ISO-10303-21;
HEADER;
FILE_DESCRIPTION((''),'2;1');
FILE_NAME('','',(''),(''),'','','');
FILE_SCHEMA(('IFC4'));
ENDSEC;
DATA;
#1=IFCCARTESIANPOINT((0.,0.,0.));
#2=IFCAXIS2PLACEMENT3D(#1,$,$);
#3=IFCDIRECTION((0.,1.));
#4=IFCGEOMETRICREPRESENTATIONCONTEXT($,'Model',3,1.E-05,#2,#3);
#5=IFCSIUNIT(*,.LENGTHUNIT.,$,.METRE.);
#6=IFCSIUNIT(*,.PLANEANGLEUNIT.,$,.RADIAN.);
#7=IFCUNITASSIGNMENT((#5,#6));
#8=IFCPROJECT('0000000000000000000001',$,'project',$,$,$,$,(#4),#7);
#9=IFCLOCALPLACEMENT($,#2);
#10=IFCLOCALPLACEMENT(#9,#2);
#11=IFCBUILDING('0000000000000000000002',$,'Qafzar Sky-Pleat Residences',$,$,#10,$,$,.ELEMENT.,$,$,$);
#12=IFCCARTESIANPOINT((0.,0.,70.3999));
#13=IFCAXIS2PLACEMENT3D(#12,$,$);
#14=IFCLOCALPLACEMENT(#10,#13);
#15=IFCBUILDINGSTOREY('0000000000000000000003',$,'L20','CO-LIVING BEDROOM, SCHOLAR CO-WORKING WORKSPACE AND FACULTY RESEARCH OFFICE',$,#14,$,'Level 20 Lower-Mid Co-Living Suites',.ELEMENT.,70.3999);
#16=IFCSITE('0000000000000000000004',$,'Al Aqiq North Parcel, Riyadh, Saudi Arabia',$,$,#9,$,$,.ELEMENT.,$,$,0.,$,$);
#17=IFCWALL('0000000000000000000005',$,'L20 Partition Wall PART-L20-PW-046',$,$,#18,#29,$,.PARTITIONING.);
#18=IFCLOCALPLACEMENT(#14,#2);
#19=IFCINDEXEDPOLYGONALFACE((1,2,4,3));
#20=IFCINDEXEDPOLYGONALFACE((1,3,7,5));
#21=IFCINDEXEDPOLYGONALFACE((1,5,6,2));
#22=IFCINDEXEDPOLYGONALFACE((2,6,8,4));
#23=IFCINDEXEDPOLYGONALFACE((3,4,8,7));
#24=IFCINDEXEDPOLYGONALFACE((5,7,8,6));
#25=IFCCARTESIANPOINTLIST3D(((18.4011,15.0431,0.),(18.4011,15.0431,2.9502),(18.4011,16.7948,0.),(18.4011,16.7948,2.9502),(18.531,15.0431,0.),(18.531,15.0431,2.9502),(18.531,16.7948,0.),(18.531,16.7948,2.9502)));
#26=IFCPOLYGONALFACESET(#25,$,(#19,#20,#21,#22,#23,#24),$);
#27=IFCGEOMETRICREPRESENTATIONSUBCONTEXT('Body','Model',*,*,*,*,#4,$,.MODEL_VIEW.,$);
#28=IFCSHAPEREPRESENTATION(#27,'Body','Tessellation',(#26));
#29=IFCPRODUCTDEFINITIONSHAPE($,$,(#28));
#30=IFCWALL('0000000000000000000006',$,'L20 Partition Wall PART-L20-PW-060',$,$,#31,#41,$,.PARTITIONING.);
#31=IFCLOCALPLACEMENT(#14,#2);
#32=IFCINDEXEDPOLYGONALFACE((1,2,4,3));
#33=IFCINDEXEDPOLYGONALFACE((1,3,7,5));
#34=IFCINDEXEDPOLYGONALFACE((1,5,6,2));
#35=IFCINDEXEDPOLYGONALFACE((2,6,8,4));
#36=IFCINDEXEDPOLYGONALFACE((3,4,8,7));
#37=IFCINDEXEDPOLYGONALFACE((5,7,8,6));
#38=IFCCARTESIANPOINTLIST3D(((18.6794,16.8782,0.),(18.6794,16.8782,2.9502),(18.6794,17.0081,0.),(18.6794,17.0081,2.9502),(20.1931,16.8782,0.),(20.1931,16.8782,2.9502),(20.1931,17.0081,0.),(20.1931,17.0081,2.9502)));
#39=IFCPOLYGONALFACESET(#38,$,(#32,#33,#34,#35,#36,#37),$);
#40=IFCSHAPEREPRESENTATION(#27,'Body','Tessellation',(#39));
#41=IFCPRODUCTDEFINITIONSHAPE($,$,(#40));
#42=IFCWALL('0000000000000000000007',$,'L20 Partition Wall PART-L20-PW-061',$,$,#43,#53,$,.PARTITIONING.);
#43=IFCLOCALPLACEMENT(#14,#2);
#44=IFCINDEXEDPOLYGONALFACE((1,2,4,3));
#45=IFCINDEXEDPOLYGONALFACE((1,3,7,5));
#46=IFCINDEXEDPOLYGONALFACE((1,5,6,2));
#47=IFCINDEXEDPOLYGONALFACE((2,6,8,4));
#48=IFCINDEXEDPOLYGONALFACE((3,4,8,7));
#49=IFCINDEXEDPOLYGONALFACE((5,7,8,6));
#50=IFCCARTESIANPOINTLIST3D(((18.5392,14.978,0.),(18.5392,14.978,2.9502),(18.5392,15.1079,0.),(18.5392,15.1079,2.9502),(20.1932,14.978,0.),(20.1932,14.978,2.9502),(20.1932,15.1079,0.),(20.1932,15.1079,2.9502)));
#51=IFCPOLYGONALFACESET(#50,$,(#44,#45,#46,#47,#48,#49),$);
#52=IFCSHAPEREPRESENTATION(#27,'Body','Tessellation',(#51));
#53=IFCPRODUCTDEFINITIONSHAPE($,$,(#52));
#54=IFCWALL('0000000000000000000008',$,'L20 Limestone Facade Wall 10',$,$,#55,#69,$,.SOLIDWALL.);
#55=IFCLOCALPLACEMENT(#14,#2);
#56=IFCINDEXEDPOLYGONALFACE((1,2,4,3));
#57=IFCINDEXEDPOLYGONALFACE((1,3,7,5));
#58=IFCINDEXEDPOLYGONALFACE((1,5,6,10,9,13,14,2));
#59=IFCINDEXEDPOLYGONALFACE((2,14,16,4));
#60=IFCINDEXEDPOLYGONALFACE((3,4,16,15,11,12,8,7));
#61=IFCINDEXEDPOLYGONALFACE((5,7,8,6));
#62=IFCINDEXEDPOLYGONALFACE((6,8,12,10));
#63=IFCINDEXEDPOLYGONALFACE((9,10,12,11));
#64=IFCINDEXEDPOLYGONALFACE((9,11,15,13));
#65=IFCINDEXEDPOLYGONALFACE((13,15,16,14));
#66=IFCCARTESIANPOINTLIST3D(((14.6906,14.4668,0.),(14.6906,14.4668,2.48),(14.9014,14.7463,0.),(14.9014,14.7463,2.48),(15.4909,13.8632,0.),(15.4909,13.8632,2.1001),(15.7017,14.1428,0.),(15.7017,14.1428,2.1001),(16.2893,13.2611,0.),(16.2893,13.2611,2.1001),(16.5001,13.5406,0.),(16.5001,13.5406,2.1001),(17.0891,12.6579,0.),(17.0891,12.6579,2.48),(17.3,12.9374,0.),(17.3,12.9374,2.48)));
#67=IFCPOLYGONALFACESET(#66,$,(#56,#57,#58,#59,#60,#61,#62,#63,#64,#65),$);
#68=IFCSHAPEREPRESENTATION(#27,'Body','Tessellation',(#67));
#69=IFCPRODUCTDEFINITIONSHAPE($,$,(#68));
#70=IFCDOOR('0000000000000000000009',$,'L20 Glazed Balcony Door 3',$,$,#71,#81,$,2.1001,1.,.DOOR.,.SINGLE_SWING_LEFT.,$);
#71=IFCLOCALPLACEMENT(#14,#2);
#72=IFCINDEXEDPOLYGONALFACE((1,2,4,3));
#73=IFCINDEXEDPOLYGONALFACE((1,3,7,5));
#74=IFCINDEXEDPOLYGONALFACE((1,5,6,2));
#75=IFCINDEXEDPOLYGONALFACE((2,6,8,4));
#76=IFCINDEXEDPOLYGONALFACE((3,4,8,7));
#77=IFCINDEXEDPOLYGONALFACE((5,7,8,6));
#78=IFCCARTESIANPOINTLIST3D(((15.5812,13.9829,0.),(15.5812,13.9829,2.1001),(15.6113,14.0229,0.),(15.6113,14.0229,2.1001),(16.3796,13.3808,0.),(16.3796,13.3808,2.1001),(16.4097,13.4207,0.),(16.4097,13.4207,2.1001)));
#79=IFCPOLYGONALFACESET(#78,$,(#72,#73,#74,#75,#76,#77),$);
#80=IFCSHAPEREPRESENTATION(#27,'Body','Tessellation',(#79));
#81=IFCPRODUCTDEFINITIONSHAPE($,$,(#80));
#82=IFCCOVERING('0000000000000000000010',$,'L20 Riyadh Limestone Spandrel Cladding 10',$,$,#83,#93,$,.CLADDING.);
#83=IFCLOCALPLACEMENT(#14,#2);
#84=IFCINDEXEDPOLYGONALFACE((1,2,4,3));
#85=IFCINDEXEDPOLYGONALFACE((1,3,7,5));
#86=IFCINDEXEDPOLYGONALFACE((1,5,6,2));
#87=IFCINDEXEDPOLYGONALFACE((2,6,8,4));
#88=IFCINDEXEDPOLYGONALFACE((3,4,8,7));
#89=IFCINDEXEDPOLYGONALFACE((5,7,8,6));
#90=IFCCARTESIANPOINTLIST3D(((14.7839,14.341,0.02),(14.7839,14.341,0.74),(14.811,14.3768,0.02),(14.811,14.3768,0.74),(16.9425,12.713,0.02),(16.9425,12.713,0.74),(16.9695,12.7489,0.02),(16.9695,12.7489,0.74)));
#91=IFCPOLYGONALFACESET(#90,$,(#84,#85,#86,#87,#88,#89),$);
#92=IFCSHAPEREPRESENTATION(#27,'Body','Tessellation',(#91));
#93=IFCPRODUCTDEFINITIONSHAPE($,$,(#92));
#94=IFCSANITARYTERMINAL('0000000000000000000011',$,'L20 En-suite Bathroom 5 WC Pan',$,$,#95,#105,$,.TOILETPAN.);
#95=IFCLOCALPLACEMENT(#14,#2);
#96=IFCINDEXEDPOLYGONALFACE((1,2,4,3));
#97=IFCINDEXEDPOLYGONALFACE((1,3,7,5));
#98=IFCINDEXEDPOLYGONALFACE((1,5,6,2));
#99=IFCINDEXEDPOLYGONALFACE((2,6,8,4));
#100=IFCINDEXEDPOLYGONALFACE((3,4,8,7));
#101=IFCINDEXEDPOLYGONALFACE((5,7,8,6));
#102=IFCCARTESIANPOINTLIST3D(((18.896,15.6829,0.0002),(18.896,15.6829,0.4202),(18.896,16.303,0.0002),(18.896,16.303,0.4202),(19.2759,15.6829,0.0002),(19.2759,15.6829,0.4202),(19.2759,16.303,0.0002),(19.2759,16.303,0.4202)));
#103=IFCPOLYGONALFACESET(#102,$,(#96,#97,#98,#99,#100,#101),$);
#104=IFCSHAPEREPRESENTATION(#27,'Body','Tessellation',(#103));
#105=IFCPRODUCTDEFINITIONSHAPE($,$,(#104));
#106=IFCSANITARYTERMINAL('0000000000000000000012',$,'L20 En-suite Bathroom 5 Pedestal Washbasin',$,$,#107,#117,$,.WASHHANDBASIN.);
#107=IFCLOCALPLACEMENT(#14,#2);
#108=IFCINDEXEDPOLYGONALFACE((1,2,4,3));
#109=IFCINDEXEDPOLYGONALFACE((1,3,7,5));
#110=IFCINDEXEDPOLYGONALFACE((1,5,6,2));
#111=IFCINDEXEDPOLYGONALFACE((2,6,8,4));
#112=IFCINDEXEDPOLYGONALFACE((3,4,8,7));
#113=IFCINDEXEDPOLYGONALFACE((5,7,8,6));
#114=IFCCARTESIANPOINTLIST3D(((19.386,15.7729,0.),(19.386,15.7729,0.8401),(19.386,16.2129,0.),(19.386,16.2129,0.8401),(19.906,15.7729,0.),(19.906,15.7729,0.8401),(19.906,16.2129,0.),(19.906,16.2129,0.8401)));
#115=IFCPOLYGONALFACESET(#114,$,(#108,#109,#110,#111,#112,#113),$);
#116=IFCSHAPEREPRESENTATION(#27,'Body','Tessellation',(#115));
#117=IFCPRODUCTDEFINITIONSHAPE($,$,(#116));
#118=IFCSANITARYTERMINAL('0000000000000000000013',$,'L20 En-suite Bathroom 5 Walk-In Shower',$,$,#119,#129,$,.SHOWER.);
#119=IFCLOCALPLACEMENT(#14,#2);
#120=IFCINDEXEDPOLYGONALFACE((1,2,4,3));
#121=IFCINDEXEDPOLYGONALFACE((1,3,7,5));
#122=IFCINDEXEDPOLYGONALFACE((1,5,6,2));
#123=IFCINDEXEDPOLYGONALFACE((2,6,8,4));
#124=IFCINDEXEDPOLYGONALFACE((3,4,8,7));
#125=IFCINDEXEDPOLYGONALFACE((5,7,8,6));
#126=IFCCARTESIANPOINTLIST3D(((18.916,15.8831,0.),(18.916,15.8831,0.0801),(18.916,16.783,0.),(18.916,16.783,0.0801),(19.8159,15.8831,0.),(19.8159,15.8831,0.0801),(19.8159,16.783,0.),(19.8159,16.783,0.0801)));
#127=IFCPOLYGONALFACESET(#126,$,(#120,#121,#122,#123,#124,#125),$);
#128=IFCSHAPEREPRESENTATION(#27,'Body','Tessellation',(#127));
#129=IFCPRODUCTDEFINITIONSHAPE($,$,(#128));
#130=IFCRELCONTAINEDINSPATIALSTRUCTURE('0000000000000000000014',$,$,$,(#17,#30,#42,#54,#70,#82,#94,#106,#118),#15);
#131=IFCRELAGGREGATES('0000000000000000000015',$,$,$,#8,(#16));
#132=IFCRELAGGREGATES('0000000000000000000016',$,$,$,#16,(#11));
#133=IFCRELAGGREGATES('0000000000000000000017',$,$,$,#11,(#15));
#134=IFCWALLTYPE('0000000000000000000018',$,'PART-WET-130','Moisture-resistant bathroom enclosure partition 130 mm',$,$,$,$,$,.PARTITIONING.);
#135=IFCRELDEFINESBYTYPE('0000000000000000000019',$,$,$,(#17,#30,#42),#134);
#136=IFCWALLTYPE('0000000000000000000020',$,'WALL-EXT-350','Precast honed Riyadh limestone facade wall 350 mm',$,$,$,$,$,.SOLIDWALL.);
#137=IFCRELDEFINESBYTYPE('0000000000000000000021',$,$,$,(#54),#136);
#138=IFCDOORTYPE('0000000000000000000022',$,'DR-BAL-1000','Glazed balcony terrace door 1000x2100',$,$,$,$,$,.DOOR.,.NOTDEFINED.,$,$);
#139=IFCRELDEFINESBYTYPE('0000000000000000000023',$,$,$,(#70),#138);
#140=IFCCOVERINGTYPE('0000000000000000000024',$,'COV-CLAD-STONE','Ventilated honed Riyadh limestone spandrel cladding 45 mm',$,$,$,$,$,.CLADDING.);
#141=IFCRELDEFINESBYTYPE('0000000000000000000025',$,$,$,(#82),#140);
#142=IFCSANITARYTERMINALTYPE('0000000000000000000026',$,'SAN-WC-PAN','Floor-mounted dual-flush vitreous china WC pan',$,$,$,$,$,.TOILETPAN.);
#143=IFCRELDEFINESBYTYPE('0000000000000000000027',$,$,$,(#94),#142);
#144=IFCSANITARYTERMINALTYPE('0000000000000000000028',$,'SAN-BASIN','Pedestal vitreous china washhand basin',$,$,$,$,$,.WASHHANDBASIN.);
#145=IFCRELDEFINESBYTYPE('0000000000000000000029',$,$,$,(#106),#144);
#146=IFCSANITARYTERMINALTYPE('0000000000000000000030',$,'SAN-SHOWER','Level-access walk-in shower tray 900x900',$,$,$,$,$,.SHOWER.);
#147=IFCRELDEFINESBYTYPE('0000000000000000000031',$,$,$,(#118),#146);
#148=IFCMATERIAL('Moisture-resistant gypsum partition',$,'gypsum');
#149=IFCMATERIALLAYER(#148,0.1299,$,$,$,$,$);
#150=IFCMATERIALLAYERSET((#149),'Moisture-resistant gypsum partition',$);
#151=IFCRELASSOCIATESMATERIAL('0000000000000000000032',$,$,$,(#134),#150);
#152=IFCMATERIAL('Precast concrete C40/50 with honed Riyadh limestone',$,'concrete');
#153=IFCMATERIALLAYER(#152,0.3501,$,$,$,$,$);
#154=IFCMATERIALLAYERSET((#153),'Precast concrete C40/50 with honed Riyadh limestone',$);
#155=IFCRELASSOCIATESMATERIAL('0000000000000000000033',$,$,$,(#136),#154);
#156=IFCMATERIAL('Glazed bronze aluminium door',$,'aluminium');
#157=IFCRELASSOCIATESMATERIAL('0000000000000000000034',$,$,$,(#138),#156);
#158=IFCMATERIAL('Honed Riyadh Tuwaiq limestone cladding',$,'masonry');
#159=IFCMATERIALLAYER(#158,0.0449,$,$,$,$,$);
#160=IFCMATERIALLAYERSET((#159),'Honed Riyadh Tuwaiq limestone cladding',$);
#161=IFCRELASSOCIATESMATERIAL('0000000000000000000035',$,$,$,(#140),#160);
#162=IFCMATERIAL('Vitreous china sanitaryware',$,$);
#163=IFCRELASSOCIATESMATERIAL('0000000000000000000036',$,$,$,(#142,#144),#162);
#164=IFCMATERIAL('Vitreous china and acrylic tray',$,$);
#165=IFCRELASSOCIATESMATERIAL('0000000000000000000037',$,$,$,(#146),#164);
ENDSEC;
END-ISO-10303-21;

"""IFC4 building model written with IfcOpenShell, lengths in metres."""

from ifc_helpers import new_model, si_unit, direction, frame, frame_2d, origin, origin_2d, place, context, subcontext, project, spatial, rectangle, extrude, source, transform, mapped, material, layer, layer_set, type_object, element, fill, save


model = new_model("IFC4")

# Units and contexts
model_context = context("Model", 3, precision=1e-05, world=origin(), true_north=direction((0.0, 1.0)))
body_context = subcontext(model_context, "Body", "Model", "MODEL_VIEW")
ifc_project = project(units=[si_unit("LENGTHUNIT", "METRE"), si_unit("PLANEANGLEUNIT", "RADIAN")], contexts=[model_context])

# Site, building, storey
site_placement = place(None, origin())
site = spatial("IfcSite", under=ifc_project, at=site_placement, Name="Al Aqiq North Parcel, Riyadh, Saudi Arabia", CompositionType="ELEMENT", RefElevation=0.0)
building_placement = place(site_placement, origin())
building = spatial("IfcBuilding", under=site, at=building_placement, Name="Qafzar Sky-Pleat Residences", CompositionType="ELEMENT")
storey_placement = place(building_placement, frame((0.0, 0.0, 70.3999)))
storey = spatial("IfcBuildingStorey", under=building, at=storey_placement, Name="L20", Description="CO-LIVING BEDROOM, SCHOLAR CO-WORKING WORKSPACE AND FACULTY RESEARCH OFFICE", LongName="Level 20 Lower-Mid Co-Living Suites", CompositionType="ELEMENT", Elevation=70.3999)

# Shared definitions
ifc_material_1 = material(Name="Moisture-resistant gypsum partition", Category="gypsum")
ifc_layer_1 = layer(ifc_material_1, 0.1299)
ifc_layer_set_1 = layer_set([ifc_layer_1], Name="Moisture-resistant gypsum partition")
wall_type_1 = type_object("IfcWallType", Name="PART-WET-130", Description="Moisture-resistant bathroom enclosure partition 130 mm", PredefinedType="PARTITIONING", material=ifc_layer_set_1)

# Walls
wall_1_placement = place(storey_placement, frame((18.4661, 15.043, 0.0), z_axis=(0.0, 0.0, 1.0), x_axis=(0.0, 1.0, 0.0)))
element("IfcWall", 1, at=wall_1_placement, inside=storey, type_object=wall_type_1, Name="L20 Partition Wall PART-L20-PW-046", PredefinedType="PARTITIONING", context=body_context, shape_type="SweptSolid", body=[
    extrude(rectangle(XDim=1.7517, YDim=0.1299, at=frame_2d((0.876, 0.0))), origin(), (0.0, 0.0, 1.0), 2.9502),
])
wall_2_placement = place(storey_placement, frame((18.6794, 16.9431, 0.0), z_axis=(0.0, 0.0, 1.0), x_axis=(1.0, 0.0, 0.0)))
element("IfcWall", 2, at=wall_2_placement, inside=storey, type_object=wall_type_1, Name="L20 Partition Wall PART-L20-PW-060", PredefinedType="PARTITIONING", context=body_context, shape_type="SweptSolid", body=[
    extrude(rectangle(XDim=1.5137, YDim=0.1299, at=frame_2d((0.7568, 0.0))), origin(), (0.0, 0.0, 1.0), 2.9502),
])
wall_3_placement = place(storey_placement, frame((18.5391, 15.043, 0.0), z_axis=(0.0, 0.0, 1.0), x_axis=(1.0, 0.0, 0.0)))
element("IfcWall", 3, at=wall_3_placement, inside=storey, type_object=wall_type_1, Name="L20 Partition Wall PART-L20-PW-061", PredefinedType="PARTITIONING", context=body_context, shape_type="SweptSolid", body=[
    extrude(rectangle(XDim=1.6541, YDim=0.1299, at=frame_2d((0.8271, 0.0))), origin(), (0.0, 0.0, 1.0), 2.9502),
])

# Wall, opening, door
ifc_material_2 = material(Name="Precast concrete C40/50 with honed Riyadh limestone", Category="concrete")
ifc_layer_2 = layer(ifc_material_2, 0.3501)
ifc_layer_set_2 = layer_set([ifc_layer_2], Name="Precast concrete C40/50 with honed Riyadh limestone")
wall_type_2 = type_object("IfcWallType", Name="WALL-EXT-350", Description="Precast honed Riyadh limestone facade wall 350 mm", PredefinedType="SOLIDWALL", material=ifc_layer_set_2)
wall_4_placement = place(storey_placement, frame((14.7961, 14.6064, 0.0), z_axis=(0.0, 0.0, 1.0), x_axis=(0.798398, -0.60213, 0.0)))
wall_4 = element("IfcWall", 4, at=wall_4_placement, inside=storey, type_object=wall_type_2, Name="L20 Limestone Facade Wall 10", PredefinedType="SOLIDWALL", context=body_context, shape_type="SweptSolid", body=[
    extrude(rectangle(XDim=3.0042, YDim=0.3501, at=frame_2d((1.502, 0.0))), origin(), (0.0, 0.0, 1.0), 2.48),
])
opening_1_placement = place(wall_4_placement, frame((1.0022, 0.0, 0.0)))
opening_1 = element("IfcOpeningElement", 5, at=opening_1_placement, cuts=wall_4, PredefinedType="OPENING", context=body_context, shape_type="SweptSolid", body=[
    extrude(rectangle(XDim=1.0, YDim=2.1001, at=frame_2d((0.5, 1.05))), frame((0.0, 0.1851, 0.0), z_axis=(0.0, -1.0, 0.0), x_axis=(1.0, 0.0, 0.0)), (0.0, 0.0, 1.0), 0.3701),
])
ifc_material_3 = material(Name="Glazed bronze aluminium door", Category="aluminium")
door_type_1 = type_object("IfcDoorType", Name="DR-BAL-1000", Description="Glazed balcony terrace door 1000x2100", OperationType="NOTDEFINED", PredefinedType="DOOR", material=ifc_material_3)
shared_shape_1 = source(origin(), body_context, "Body", "SweptSolid", [
    extrude(rectangle(XDim=1.0, YDim=2.1001, at=frame_2d((0.5, 1.05))), frame((0.0, 0.0249, 0.0), z_axis=(0.0, -1.0, 0.0), x_axis=(1.0, 0.0, 0.0)), (0.0, 0.0, 1.0), 0.05),
])
door_1_placement = place(opening_1_placement, origin())
door_1 = element("IfcDoor", 6, at=door_1_placement, inside=storey, type_object=door_type_1, Name="L20 Glazed Balcony Door 3", OperationType="SINGLE_SWING_LEFT", OverallHeight=2.1001, OverallWidth=1.0, PredefinedType="DOOR", context=body_context, shape_type="MappedRepresentation", body=[
    mapped(shared_shape_1, transform((0.0, 0.0, 0.0), x_axis=(1.0, 0.0, 0.0), y_axis=(0.0, 1.0, 0.0), z_axis=(0.0, 0.0, 1.0), scale=1.0)),
])
fill(opening_1, door_1)

# Covering
ifc_material_4 = material(Name="Honed Riyadh Tuwaiq limestone cladding", Category="masonry")
ifc_layer_3 = layer(ifc_material_4, 0.0449)
ifc_layer_set_3 = layer_set([ifc_layer_3], Name="Honed Riyadh Tuwaiq limestone cladding")
covering_type = type_object("IfcCoveringType", Name="COV-CLAD-STONE", Description="Ventilated honed Riyadh limestone spandrel cladding 45 mm", PredefinedType="CLADDING", material=ifc_layer_set_3)
shared_shape_2 = source(origin(), body_context, "Body", "SweptSolid", [
    extrude(rectangle(XDim=2.7036, YDim=0.0449, at=origin_2d()), origin(), (0.0, 0.0, 1.0), 0.72),
])
covering_placement = place(storey_placement, frame((15.8767, 13.5449, 0.02), z_axis=(0.0, 0.0, 1.0), x_axis=(0.798395, -0.602134, 0.0)))
element("IfcCovering", 7, at=covering_placement, inside=storey, type_object=covering_type, Name="L20 Riyadh Limestone Spandrel Cladding 10", PredefinedType="CLADDING", context=body_context, shape_type="MappedRepresentation", body=[
    mapped(shared_shape_2, transform((0.0, 0.0, 0.0), x_axis=(1.0, 0.0, 0.0), y_axis=(0.0, 1.0, 0.0), z_axis=(0.0, 0.0, 1.0), scale=1.0)),
])

# Sanitary terminals
ifc_material_5 = material(Name="Vitreous china sanitaryware")
sanitary_terminal_type_1 = type_object("IfcSanitaryTerminalType", Name="SAN-WC-PAN", Description="Floor-mounted dual-flush vitreous china WC pan", PredefinedType="TOILETPAN", material=ifc_material_5)
shared_shape_3 = source(origin(), body_context, "Body", "SweptSolid", [
    extrude(rectangle(XDim=0.3799, YDim=0.6201, at=origin_2d()), origin(), (0.0, 0.0, 1.0), 0.4199),
])
sanitary_terminal_1_placement = place(storey_placement, frame((19.0859, 15.9929, 0.0002), z_axis=(0.0, 0.0, 1.0), x_axis=(1.0, 0.0, 0.0)))
element("IfcSanitaryTerminal", 8, at=sanitary_terminal_1_placement, inside=storey, type_object=sanitary_terminal_type_1, Name="L20 En-suite Bathroom 5 WC Pan", PredefinedType="TOILETPAN", context=body_context, shape_type="MappedRepresentation", body=[
    mapped(shared_shape_3, transform((0.0, 0.0, 0.0), x_axis=(1.0, 0.0, 0.0), y_axis=(0.0, 1.0, 0.0), z_axis=(0.0, 0.0, 1.0), scale=1.0)),
])
sanitary_terminal_type_2 = type_object("IfcSanitaryTerminalType", Name="SAN-BASIN", Description="Pedestal vitreous china washhand basin", PredefinedType="WASHHANDBASIN", material=ifc_material_5)
shared_shape_4 = source(origin(), body_context, "Body", "SweptSolid", [
    extrude(rectangle(XDim=0.52, YDim=0.4399, at=origin_2d()), origin(), (0.0, 0.0, 1.0), 0.8401),
])
sanitary_terminal_2_placement = place(storey_placement, frame((19.646, 15.9929, 0.0), z_axis=(0.0, 0.0, 1.0), x_axis=(1.0, 0.0, 0.0)))
element("IfcSanitaryTerminal", 9, at=sanitary_terminal_2_placement, inside=storey, type_object=sanitary_terminal_type_2, Name="L20 En-suite Bathroom 5 Pedestal Washbasin", PredefinedType="WASHHANDBASIN", context=body_context, shape_type="MappedRepresentation", body=[
    mapped(shared_shape_4, transform((0.0, 0.0, 0.0), x_axis=(1.0, 0.0, 0.0), y_axis=(0.0, 1.0, 0.0), z_axis=(0.0, 0.0, 1.0), scale=1.0)),
])
ifc_material_6 = material(Name="Vitreous china and acrylic tray")
sanitary_terminal_type_3 = type_object("IfcSanitaryTerminalType", Name="SAN-SHOWER", Description="Level-access walk-in shower tray 900x900", PredefinedType="SHOWER", material=ifc_material_6)
shared_shape_5 = source(origin(), body_context, "Body", "SweptSolid", [
    extrude(rectangle(XDim=0.8999, YDim=0.8999, at=origin_2d()), origin(), (0.0, 0.0, 1.0), 0.0801),
])
sanitary_terminal_3_placement = place(storey_placement, frame((19.366, 16.333, 0.0), z_axis=(0.0, 0.0, 1.0), x_axis=(1.0, 0.0, 0.0)))
element("IfcSanitaryTerminal", 10, at=sanitary_terminal_3_placement, inside=storey, type_object=sanitary_terminal_type_3, Name="L20 En-suite Bathroom 5 Walk-In Shower", PredefinedType="SHOWER", context=body_context, shape_type="MappedRepresentation", body=[
    mapped(shared_shape_5, transform((0.0, 0.0, 0.0), x_axis=(1.0, 0.0, 0.0), y_axis=(0.0, 1.0, 0.0), z_axis=(0.0, 0.0, 1.0), scale=1.0)),
])

save(model, "model.ifc")
